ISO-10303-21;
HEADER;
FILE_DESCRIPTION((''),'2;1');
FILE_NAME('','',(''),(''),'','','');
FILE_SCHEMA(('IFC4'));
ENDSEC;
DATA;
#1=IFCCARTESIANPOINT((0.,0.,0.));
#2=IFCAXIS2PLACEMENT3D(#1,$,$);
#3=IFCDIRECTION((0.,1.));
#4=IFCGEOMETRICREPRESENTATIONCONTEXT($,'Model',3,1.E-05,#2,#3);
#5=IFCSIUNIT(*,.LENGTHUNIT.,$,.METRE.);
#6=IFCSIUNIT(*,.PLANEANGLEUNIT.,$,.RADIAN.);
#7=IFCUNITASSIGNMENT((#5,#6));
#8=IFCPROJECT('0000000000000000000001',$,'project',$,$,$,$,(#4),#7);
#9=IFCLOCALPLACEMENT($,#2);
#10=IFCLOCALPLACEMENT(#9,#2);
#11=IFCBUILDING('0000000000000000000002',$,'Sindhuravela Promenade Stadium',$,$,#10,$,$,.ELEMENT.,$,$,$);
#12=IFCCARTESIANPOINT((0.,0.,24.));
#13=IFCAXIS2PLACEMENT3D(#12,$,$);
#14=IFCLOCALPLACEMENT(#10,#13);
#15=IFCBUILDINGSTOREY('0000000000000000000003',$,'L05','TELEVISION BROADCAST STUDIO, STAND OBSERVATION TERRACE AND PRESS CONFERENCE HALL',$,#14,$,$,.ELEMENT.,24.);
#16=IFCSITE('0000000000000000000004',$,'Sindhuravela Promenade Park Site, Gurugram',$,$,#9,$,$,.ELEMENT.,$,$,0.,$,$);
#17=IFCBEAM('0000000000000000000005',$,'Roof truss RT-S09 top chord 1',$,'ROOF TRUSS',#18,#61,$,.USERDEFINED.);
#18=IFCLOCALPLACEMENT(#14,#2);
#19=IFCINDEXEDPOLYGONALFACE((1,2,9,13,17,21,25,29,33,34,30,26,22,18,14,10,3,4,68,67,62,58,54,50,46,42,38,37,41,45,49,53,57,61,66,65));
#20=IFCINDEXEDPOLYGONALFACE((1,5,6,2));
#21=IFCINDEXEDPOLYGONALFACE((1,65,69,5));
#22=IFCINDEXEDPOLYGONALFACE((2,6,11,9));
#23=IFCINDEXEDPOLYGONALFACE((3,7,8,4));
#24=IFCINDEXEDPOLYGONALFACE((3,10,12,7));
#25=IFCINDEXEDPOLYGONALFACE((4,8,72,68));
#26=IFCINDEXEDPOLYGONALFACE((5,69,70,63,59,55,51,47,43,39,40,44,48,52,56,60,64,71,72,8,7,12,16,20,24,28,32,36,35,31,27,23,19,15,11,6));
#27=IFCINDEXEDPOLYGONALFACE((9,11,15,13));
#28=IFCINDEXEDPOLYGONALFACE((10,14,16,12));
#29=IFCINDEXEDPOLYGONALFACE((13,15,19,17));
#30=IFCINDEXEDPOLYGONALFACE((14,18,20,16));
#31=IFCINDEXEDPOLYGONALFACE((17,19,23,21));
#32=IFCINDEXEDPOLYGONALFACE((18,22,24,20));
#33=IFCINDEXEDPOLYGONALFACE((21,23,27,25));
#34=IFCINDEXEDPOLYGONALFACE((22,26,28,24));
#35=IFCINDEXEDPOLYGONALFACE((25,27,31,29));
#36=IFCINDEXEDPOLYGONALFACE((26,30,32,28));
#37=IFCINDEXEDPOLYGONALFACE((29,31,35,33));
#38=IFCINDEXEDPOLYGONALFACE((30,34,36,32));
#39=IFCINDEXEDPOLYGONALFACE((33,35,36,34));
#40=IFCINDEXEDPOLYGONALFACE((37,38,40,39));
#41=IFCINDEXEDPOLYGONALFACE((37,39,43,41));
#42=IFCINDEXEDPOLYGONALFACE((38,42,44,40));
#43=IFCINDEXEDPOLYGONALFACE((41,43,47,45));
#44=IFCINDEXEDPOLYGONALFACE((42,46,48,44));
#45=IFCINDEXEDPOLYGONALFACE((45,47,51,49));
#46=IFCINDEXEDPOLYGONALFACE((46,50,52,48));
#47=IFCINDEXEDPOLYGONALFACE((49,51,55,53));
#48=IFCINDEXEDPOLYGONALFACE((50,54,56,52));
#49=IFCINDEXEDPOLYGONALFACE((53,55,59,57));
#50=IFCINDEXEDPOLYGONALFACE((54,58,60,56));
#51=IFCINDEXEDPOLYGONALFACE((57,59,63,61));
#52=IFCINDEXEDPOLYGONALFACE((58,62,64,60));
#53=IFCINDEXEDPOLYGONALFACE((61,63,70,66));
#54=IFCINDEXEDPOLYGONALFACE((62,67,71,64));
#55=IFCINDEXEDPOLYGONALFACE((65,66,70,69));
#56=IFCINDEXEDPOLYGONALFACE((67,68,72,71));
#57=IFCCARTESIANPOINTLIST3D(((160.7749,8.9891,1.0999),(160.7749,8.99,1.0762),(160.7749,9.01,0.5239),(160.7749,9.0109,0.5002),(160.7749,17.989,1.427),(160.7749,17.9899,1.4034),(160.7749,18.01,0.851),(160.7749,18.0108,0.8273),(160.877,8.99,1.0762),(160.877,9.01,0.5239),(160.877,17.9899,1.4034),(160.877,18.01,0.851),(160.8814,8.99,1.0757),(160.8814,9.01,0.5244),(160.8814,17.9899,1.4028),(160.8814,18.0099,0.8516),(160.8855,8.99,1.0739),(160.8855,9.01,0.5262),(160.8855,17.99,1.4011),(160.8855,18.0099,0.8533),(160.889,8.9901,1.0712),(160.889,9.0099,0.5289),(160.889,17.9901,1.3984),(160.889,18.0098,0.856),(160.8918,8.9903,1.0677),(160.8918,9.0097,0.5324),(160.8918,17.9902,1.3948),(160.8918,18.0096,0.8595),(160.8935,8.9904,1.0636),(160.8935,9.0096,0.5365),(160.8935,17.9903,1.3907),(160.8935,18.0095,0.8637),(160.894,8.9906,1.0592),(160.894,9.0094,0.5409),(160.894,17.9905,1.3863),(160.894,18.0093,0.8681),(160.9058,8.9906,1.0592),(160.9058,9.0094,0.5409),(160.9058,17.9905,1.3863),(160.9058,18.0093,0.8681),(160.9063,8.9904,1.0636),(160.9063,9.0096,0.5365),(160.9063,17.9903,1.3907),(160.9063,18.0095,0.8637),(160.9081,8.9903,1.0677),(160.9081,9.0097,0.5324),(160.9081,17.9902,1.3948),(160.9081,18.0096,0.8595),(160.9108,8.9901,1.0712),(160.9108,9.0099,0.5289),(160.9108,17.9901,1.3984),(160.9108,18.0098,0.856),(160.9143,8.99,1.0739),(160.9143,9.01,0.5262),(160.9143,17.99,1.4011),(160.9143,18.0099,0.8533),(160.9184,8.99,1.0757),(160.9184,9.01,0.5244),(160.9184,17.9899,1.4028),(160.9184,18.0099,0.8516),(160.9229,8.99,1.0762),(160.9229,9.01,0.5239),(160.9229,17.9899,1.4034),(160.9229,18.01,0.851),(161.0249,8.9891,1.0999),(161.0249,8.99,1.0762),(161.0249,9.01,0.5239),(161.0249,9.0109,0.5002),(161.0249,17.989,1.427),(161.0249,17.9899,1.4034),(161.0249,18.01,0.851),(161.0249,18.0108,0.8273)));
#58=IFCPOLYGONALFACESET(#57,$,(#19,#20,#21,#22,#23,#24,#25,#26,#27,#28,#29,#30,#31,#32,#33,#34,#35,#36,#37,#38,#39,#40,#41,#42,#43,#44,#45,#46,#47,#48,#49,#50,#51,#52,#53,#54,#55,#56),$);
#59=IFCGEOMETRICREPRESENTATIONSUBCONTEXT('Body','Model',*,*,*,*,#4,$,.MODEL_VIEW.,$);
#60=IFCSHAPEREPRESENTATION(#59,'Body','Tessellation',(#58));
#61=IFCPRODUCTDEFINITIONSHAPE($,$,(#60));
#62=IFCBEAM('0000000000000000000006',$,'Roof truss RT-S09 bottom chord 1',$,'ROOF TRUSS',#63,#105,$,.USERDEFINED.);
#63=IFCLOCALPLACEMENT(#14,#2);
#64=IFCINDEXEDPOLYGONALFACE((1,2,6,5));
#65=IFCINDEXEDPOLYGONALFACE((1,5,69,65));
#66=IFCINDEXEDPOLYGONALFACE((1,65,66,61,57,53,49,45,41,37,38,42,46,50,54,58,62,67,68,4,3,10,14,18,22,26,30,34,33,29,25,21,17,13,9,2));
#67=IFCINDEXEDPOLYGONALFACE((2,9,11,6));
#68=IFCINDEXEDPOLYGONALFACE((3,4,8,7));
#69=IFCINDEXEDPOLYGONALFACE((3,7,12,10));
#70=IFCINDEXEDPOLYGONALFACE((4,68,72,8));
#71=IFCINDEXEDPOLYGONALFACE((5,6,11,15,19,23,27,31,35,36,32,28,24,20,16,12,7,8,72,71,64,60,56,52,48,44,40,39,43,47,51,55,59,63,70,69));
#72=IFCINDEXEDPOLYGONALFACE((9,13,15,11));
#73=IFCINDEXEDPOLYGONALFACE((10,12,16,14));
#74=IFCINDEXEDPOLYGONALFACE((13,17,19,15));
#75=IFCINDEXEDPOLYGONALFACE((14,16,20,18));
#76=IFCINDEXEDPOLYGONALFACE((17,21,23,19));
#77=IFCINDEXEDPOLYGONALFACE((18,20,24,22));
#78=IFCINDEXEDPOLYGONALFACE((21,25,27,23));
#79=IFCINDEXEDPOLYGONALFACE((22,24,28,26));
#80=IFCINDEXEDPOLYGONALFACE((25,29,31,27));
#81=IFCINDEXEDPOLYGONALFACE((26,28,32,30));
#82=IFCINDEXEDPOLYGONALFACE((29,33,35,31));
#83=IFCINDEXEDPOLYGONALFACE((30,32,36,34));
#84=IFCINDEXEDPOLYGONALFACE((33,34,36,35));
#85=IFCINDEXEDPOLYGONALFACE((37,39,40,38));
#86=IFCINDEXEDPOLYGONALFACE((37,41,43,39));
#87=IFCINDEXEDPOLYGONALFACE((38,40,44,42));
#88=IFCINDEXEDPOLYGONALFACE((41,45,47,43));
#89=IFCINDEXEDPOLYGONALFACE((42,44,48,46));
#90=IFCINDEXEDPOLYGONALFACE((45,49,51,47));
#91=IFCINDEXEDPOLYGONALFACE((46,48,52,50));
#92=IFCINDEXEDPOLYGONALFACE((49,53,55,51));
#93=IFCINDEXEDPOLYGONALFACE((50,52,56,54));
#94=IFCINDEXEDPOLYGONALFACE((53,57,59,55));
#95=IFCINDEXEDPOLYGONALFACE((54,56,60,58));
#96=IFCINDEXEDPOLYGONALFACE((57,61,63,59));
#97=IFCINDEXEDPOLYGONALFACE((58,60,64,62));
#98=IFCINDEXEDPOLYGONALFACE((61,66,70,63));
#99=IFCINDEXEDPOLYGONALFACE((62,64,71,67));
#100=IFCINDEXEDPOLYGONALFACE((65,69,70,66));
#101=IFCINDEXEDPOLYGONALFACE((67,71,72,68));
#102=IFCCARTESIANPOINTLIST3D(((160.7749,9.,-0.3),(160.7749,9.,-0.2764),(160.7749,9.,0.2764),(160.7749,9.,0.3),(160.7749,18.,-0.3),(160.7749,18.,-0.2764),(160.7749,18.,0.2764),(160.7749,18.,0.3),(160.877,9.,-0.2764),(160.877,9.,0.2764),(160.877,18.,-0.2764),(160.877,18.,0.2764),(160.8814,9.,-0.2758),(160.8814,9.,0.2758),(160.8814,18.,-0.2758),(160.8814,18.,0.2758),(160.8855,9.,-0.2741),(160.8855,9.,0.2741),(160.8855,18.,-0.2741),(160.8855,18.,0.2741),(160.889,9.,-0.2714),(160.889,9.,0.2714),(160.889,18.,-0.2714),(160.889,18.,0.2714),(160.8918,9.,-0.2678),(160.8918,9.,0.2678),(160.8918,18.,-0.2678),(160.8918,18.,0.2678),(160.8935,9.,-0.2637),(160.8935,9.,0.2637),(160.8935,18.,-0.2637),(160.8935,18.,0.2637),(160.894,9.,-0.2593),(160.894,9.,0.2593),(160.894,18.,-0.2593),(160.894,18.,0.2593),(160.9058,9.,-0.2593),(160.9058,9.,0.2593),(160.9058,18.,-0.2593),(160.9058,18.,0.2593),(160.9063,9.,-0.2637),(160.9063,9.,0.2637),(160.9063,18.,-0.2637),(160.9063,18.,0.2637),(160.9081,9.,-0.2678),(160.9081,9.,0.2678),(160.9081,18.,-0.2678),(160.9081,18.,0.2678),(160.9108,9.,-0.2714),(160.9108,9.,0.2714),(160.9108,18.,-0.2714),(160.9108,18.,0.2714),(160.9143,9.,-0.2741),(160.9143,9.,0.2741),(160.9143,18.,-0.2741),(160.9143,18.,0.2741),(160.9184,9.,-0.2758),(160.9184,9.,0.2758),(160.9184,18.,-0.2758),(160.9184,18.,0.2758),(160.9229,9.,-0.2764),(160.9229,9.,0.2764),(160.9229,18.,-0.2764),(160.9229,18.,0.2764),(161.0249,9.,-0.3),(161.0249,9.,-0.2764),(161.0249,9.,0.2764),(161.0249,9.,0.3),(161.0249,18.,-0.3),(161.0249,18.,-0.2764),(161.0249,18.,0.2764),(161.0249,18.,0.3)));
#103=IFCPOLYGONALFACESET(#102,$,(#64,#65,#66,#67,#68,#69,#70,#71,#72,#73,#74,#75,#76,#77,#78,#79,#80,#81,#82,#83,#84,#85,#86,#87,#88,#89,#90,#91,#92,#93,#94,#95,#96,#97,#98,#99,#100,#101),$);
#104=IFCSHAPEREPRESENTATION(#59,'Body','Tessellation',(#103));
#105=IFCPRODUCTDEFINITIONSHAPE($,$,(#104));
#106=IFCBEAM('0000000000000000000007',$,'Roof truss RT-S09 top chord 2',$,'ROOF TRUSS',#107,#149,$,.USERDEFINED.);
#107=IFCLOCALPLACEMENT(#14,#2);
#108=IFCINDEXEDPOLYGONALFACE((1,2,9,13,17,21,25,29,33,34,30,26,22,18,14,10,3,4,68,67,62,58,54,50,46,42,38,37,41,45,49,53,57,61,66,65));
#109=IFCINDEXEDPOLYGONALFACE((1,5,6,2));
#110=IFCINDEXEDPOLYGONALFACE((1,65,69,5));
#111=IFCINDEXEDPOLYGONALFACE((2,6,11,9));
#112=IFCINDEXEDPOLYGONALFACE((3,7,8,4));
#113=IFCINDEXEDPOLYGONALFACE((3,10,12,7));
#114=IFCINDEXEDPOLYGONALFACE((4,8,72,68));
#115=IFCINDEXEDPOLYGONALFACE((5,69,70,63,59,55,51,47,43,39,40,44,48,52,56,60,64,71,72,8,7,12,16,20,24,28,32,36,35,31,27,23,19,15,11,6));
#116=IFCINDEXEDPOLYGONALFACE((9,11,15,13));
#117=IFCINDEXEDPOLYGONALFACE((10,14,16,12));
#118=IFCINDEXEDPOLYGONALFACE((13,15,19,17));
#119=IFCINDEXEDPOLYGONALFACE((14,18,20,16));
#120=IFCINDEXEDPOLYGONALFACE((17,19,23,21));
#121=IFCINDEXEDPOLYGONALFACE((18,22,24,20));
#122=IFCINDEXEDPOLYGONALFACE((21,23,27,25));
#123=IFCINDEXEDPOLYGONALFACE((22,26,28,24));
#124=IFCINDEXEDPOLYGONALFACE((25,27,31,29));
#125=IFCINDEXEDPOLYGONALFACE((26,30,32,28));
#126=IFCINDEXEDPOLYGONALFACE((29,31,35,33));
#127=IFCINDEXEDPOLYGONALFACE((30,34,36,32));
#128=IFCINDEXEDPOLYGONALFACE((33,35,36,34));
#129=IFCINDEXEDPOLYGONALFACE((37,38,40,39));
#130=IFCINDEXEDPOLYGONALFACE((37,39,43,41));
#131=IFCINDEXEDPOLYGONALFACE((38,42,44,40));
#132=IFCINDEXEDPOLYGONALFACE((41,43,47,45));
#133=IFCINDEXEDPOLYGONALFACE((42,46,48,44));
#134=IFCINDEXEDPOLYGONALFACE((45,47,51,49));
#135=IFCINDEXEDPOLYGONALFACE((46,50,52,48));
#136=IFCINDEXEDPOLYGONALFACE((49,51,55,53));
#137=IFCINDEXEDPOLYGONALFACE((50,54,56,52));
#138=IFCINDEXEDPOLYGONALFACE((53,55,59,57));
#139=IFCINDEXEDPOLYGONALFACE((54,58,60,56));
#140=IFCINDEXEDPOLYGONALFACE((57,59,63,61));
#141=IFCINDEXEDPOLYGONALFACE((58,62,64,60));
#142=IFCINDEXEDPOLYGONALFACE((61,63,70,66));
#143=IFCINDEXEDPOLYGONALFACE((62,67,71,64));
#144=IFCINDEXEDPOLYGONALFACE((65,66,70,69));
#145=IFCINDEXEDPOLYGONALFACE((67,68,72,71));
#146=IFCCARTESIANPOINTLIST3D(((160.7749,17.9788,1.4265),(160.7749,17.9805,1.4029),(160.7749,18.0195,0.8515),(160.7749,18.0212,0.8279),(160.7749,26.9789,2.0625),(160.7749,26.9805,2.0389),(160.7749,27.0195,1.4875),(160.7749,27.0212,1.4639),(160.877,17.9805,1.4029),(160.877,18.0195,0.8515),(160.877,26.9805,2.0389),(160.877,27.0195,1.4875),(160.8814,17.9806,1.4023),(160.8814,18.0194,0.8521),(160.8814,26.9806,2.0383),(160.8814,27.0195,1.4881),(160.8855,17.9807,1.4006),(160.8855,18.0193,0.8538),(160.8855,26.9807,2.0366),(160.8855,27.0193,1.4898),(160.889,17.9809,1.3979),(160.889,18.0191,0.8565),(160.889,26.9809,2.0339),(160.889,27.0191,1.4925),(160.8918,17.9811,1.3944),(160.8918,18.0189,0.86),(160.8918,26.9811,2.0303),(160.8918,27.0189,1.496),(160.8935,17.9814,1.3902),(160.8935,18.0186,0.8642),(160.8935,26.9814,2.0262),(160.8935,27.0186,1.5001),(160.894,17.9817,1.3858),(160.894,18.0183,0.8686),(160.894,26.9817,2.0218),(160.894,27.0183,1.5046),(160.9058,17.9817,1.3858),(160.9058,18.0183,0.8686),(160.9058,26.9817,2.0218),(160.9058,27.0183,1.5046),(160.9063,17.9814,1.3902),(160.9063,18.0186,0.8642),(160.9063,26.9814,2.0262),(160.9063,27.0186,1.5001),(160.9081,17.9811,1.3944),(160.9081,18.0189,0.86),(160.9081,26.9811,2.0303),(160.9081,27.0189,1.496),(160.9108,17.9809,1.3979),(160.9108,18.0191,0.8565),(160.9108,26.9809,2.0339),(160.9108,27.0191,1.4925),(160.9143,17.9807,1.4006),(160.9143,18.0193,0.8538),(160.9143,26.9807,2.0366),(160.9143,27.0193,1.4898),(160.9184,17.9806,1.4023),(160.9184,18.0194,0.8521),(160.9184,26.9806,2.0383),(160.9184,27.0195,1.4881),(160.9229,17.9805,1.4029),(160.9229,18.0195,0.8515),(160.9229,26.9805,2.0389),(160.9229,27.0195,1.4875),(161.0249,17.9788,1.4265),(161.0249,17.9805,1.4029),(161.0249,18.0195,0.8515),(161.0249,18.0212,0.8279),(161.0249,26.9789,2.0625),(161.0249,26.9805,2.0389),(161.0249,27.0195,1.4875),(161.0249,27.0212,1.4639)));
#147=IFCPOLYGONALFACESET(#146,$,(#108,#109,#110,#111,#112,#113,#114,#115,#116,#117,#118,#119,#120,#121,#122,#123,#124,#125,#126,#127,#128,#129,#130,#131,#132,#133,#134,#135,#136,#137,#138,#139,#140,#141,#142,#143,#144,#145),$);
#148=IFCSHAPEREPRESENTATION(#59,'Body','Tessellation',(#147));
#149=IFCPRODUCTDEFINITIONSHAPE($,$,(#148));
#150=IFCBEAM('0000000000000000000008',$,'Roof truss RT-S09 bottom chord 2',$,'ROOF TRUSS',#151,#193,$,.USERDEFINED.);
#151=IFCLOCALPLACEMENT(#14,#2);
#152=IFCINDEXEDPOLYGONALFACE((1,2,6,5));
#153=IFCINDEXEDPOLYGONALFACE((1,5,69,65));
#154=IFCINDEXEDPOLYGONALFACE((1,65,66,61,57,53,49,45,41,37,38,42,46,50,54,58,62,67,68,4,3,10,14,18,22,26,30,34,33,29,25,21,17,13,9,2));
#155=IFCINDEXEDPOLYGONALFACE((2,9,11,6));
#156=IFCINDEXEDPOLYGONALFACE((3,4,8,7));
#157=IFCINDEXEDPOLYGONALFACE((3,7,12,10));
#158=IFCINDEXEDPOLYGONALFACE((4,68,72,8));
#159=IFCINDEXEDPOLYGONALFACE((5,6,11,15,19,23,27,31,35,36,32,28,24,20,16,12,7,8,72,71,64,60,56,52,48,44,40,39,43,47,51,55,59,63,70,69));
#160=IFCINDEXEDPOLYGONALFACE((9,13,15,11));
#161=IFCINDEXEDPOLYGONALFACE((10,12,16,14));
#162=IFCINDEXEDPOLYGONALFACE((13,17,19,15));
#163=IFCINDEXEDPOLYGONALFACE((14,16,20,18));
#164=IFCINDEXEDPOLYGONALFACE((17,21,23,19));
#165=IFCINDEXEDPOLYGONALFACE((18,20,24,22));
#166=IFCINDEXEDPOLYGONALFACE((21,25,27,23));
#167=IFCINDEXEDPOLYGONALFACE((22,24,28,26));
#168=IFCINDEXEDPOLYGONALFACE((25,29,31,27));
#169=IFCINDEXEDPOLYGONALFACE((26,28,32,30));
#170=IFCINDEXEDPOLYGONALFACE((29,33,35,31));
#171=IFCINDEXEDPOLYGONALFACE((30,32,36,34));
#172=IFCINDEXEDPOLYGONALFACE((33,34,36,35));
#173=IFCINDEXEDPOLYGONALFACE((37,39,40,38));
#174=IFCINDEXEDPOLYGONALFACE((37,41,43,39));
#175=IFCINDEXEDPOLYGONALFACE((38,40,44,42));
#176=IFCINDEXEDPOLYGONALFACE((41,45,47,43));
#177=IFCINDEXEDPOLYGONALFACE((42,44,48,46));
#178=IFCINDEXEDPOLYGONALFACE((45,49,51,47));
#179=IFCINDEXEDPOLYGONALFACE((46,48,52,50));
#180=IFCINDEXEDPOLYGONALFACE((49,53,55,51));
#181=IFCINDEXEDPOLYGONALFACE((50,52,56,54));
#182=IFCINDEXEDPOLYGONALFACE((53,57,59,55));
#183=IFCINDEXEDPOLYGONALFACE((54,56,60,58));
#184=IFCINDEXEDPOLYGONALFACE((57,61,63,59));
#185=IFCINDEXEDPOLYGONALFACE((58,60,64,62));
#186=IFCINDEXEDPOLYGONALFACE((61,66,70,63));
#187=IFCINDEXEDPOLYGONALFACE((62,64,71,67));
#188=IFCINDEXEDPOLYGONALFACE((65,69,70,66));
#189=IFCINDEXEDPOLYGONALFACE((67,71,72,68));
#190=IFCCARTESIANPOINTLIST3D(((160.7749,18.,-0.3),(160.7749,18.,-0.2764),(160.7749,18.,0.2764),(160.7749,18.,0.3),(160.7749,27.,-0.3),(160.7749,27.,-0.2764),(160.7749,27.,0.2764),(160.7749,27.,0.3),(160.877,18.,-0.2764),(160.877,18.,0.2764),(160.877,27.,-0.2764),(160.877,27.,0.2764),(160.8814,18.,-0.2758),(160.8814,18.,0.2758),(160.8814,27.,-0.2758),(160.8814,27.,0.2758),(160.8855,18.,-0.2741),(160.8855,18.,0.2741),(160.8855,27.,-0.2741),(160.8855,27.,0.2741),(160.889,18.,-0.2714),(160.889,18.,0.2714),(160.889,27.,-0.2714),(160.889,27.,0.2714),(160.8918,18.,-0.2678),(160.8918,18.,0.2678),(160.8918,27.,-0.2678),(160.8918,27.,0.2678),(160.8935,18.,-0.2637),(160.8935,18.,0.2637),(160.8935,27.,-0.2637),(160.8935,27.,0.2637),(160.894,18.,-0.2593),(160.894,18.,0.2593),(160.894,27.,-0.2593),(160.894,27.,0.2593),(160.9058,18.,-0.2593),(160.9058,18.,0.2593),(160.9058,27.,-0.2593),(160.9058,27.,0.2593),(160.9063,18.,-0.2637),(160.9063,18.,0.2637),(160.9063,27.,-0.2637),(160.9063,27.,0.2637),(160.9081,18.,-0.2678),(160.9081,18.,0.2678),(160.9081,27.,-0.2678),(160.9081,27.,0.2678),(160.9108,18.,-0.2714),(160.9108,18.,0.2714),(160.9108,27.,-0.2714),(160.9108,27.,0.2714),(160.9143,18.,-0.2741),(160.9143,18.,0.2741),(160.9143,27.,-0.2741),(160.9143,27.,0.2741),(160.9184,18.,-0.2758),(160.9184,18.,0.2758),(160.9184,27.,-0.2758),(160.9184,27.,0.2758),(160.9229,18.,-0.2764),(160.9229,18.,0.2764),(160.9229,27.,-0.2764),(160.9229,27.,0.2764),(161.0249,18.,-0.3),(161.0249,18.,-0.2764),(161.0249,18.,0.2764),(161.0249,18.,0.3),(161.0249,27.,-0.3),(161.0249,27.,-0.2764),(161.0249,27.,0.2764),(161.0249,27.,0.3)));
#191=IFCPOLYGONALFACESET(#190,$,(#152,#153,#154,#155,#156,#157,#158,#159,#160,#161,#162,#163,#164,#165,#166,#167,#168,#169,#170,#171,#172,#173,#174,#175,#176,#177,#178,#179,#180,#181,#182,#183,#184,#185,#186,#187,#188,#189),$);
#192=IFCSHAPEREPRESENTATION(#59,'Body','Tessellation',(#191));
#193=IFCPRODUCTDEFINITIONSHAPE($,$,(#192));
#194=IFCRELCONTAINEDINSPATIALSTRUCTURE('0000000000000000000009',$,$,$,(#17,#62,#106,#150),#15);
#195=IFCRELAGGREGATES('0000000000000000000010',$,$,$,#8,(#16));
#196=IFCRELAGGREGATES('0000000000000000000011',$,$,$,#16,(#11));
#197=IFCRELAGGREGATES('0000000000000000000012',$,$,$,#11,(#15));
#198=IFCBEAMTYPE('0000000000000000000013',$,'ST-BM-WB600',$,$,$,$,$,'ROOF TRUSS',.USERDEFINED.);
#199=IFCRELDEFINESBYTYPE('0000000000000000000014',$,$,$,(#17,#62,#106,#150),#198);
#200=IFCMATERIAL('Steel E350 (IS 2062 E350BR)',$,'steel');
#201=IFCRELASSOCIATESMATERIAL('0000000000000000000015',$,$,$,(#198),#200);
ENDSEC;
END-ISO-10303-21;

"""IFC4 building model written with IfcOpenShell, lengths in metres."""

from ifc_helpers import new_model, si_unit, direction, frame, origin, origin_2d, place, context, subcontext, project, spatial, i_section, extrude, material, material_profile, profile_set, type_object, element, save


model = new_model("IFC4")

# Units and contexts
model_context = context("Model", 3, precision=1e-05, world=origin(), true_north=direction((0.0, 1.0)))
body_context = subcontext(model_context, "Body", "Model", "MODEL_VIEW")
ifc_project = project(units=[si_unit("LENGTHUNIT", "METRE"), si_unit("PLANEANGLEUNIT", "RADIAN")], contexts=[model_context])

# Site, building, storey
site_placement = place(None, origin())
site = spatial("IfcSite", under=ifc_project, at=site_placement, Name="Sindhuravela Promenade Park Site, Gurugram", CompositionType="ELEMENT", RefElevation=0.0)
building_placement = place(site_placement, origin())
building = spatial("IfcBuilding", under=site, at=building_placement, Name="Sindhuravela Promenade Stadium", CompositionType="ELEMENT")
storey_placement = place(building_placement, frame((0.0, 0.0, 24.0)))
storey = spatial("IfcBuildingStorey", under=building, at=storey_placement, Name="L05", Description="TELEVISION BROADCAST STUDIO, STAND OBSERVATION TERRACE AND PRESS CONFERENCE HALL", CompositionType="ELEMENT", Elevation=24.0)

# Beams
ifc_material_1 = material(Name="Steel E350 (IS 2062 E350BR)", Category="steel")
ifc_material_profile_1 = material_profile(ifc_material_1, i_section(OverallWidth=0.25, OverallDepth=0.6001, WebThickness=0.0117, FlangeThickness=0.0237, FilletRadius=0.0171, at=origin_2d()), Name="ISWB 600")
ifc_profile_set_1 = profile_set([ifc_material_profile_1], Name="Steel E350 (IS 2062 E350BR)")
beam_type = type_object("IfcBeamType", Name="ST-BM-WB600", ElementType="ROOF TRUSS", PredefinedType="USERDEFINED", material=ifc_profile_set_1)
beam_1_placement = place(storey_placement, frame((160.8999, 9.0, 0.8), z_axis=(0.0, 0.99934, 0.036326), x_axis=(-1.0, 0.0, 0.0)))
element("IfcBeam", 1, at=beam_1_placement, inside=storey, type_object=beam_type, Name="Roof truss RT-S09 top chord 1", ObjectType="ROOF TRUSS", PredefinedType="USERDEFINED", context=body_context, shape_type="SweptSolid", body=[
    extrude(i_section(OverallWidth=0.25, OverallDepth=0.6001, WebThickness=0.0117, FlangeThickness=0.0237, FilletRadius=0.0171, at=origin_2d()), origin(), (0.0, 0.0, 1.0), 9.0059),
])
beam_2_placement = place(storey_placement, frame((160.8999, 9.0, 0.0), z_axis=(0.0, 1.0, 0.0), x_axis=(-1.0, 0.0, 0.0)))
element("IfcBeam", 2, at=beam_2_placement, inside=storey, type_object=beam_type, Name="Roof truss RT-S09 bottom chord 1", ObjectType="ROOF TRUSS", PredefinedType="USERDEFINED", context=body_context, shape_type="SweptSolid", body=[
    extrude(i_section(OverallWidth=0.25, OverallDepth=0.6001, WebThickness=0.0117, FlangeThickness=0.0237, FilletRadius=0.0171, at=origin_2d()), origin(), (0.0, 0.0, 1.0), 9.0),
])
beam_3_placement = place(storey_placement, frame((160.8999, 18.0, 1.1272), z_axis=(0.0, 0.997513, 0.070489), x_axis=(-1.0, 0.0, 0.0)))
element("IfcBeam", 3, at=beam_3_placement, inside=storey, type_object=beam_type, Name="Roof truss RT-S09 top chord 2", ObjectType="ROOF TRUSS", PredefinedType="USERDEFINED", context=body_context, shape_type="SweptSolid", body=[
    extrude(i_section(OverallWidth=0.25, OverallDepth=0.6001, WebThickness=0.0117, FlangeThickness=0.0237, FilletRadius=0.0171, at=origin_2d()), origin(), (0.0, 0.0, 1.0), 9.0225),
])
beam_4_placement = place(storey_placement, frame((160.8999, 18.0, 0.0), z_axis=(0.0, 1.0, 0.0), x_axis=(-1.0, 0.0, 0.0)))
element("IfcBeam", 4, at=beam_4_placement, inside=storey, type_object=beam_type, Name="Roof truss RT-S09 bottom chord 2", ObjectType="ROOF TRUSS", PredefinedType="USERDEFINED", context=body_context, shape_type="SweptSolid", body=[
    extrude(i_section(OverallWidth=0.25, OverallDepth=0.6001, WebThickness=0.0117, FlangeThickness=0.0237, FilletRadius=0.0171, at=origin_2d()), origin(), (0.0, 0.0, 1.0), 9.0),
])

save(model, "model.ifc")
